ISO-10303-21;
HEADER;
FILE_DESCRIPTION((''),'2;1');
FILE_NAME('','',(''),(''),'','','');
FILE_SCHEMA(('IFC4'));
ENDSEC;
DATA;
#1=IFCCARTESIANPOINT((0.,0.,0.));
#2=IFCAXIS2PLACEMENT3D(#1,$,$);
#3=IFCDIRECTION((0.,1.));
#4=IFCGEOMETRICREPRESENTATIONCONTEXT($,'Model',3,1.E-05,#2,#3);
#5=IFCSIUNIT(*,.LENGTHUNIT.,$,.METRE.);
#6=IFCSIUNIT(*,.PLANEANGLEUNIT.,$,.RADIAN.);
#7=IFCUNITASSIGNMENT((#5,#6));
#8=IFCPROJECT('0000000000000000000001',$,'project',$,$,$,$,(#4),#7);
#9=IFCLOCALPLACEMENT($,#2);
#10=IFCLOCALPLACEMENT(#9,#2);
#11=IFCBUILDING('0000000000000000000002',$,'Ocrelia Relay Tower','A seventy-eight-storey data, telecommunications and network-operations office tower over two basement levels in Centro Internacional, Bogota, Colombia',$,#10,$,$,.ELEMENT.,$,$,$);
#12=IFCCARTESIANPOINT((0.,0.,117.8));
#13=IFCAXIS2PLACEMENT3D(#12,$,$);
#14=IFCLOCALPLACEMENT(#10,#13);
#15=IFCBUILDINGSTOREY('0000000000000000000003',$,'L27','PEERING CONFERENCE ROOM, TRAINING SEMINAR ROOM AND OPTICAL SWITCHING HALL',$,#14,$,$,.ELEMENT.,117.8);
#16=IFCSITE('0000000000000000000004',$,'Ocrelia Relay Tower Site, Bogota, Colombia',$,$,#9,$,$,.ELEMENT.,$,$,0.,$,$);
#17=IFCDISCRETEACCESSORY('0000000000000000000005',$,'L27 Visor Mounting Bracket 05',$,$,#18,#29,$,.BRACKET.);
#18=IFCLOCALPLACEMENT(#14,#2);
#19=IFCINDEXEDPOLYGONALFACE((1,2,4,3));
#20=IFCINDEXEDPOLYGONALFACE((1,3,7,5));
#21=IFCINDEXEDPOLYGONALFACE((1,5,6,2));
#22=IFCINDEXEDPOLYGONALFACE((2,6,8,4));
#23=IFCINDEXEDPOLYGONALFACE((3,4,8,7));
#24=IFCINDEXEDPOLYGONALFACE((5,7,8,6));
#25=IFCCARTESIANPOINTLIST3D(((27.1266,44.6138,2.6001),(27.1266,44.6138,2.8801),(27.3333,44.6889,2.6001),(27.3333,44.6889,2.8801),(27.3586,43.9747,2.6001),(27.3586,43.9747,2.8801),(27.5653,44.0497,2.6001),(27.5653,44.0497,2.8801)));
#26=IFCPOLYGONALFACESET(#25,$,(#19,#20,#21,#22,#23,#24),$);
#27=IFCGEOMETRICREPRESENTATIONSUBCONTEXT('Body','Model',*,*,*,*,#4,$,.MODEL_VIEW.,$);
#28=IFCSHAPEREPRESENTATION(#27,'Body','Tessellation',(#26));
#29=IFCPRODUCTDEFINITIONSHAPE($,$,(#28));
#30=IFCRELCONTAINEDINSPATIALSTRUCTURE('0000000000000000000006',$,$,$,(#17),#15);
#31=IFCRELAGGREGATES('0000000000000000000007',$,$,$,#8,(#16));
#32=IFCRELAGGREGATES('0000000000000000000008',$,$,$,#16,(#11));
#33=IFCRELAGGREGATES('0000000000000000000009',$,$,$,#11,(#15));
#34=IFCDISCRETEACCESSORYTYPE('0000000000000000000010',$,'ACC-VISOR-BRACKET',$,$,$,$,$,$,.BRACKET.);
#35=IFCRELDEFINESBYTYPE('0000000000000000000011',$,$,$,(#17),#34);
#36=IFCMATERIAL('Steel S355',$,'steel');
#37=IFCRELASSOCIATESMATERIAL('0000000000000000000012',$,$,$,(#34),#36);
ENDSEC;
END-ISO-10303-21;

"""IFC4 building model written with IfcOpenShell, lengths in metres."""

from ifc_helpers import new_model, si_unit, direction, frame, origin, origin_2d, place, context, subcontext, project, spatial, rectangle, extrude, material, type_object, element, save


model = new_model("IFC4")

# Units and contexts
model_context = context("Model", 3, precision=1e-05, world=origin(), true_north=direction((0.0, 1.0)))
body_context = subcontext(model_context, "Body", "Model", "MODEL_VIEW")
ifc_project = project(units=[si_unit("LENGTHUNIT", "METRE"), si_unit("PLANEANGLEUNIT", "RADIAN")], contexts=[model_context])

# Site, building, storey
site_placement = place(None, origin())
site = spatial("IfcSite", under=ifc_project, at=site_placement, Name="Ocrelia Relay Tower Site, Bogota, Colombia", CompositionType="ELEMENT", RefElevation=0.0)
building_placement = place(site_placement, origin())
building = spatial("IfcBuilding", under=site, at=building_placement, Name="Ocrelia Relay Tower", Description="A seventy-eight-storey data, telecommunications and network-operations office tower over two basement levels in Centro Internacional, Bogota, Colombia", CompositionType="ELEMENT")
storey_placement = place(building_placement, frame((0.0, 0.0, 117.8)))
storey = spatial("IfcBuildingStorey", under=building, at=storey_placement, Name="L27", Description="PEERING CONFERENCE ROOM, TRAINING SEMINAR ROOM AND OPTICAL SWITCHING HALL", CompositionType="ELEMENT", Elevation=117.8)

# Shared definitions
ifc_material_1 = material(Name="Steel S355", Category="steel")

# Discrete accessory
discrete_accessory_type_1 = type_object("IfcDiscreteAccessoryType", Name="ACC-VISOR-BRACKET", PredefinedType="BRACKET", material=ifc_material_1)
discrete_accessory_1_placement = place(storey_placement, frame((27.3459, 44.3318, 2.6001), z_axis=(0.0, 0.0, 1.0), x_axis=(-0.939991, -0.341198, 0.0)))
element("IfcDiscreteAccessory", 1, at=discrete_accessory_1_placement, inside=storey, type_object=discrete_accessory_type_1, Name="L27 Visor Mounting Bracket 05", PredefinedType="BRACKET", context=body_context, shape_type="SweptSolid", body=[
    extrude(rectangle(XDim=0.22, YDim=0.6799, at=origin_2d()), origin(), (0.0, 0.0, 1.0), 0.28),
])

save(model, "model.ifc")
